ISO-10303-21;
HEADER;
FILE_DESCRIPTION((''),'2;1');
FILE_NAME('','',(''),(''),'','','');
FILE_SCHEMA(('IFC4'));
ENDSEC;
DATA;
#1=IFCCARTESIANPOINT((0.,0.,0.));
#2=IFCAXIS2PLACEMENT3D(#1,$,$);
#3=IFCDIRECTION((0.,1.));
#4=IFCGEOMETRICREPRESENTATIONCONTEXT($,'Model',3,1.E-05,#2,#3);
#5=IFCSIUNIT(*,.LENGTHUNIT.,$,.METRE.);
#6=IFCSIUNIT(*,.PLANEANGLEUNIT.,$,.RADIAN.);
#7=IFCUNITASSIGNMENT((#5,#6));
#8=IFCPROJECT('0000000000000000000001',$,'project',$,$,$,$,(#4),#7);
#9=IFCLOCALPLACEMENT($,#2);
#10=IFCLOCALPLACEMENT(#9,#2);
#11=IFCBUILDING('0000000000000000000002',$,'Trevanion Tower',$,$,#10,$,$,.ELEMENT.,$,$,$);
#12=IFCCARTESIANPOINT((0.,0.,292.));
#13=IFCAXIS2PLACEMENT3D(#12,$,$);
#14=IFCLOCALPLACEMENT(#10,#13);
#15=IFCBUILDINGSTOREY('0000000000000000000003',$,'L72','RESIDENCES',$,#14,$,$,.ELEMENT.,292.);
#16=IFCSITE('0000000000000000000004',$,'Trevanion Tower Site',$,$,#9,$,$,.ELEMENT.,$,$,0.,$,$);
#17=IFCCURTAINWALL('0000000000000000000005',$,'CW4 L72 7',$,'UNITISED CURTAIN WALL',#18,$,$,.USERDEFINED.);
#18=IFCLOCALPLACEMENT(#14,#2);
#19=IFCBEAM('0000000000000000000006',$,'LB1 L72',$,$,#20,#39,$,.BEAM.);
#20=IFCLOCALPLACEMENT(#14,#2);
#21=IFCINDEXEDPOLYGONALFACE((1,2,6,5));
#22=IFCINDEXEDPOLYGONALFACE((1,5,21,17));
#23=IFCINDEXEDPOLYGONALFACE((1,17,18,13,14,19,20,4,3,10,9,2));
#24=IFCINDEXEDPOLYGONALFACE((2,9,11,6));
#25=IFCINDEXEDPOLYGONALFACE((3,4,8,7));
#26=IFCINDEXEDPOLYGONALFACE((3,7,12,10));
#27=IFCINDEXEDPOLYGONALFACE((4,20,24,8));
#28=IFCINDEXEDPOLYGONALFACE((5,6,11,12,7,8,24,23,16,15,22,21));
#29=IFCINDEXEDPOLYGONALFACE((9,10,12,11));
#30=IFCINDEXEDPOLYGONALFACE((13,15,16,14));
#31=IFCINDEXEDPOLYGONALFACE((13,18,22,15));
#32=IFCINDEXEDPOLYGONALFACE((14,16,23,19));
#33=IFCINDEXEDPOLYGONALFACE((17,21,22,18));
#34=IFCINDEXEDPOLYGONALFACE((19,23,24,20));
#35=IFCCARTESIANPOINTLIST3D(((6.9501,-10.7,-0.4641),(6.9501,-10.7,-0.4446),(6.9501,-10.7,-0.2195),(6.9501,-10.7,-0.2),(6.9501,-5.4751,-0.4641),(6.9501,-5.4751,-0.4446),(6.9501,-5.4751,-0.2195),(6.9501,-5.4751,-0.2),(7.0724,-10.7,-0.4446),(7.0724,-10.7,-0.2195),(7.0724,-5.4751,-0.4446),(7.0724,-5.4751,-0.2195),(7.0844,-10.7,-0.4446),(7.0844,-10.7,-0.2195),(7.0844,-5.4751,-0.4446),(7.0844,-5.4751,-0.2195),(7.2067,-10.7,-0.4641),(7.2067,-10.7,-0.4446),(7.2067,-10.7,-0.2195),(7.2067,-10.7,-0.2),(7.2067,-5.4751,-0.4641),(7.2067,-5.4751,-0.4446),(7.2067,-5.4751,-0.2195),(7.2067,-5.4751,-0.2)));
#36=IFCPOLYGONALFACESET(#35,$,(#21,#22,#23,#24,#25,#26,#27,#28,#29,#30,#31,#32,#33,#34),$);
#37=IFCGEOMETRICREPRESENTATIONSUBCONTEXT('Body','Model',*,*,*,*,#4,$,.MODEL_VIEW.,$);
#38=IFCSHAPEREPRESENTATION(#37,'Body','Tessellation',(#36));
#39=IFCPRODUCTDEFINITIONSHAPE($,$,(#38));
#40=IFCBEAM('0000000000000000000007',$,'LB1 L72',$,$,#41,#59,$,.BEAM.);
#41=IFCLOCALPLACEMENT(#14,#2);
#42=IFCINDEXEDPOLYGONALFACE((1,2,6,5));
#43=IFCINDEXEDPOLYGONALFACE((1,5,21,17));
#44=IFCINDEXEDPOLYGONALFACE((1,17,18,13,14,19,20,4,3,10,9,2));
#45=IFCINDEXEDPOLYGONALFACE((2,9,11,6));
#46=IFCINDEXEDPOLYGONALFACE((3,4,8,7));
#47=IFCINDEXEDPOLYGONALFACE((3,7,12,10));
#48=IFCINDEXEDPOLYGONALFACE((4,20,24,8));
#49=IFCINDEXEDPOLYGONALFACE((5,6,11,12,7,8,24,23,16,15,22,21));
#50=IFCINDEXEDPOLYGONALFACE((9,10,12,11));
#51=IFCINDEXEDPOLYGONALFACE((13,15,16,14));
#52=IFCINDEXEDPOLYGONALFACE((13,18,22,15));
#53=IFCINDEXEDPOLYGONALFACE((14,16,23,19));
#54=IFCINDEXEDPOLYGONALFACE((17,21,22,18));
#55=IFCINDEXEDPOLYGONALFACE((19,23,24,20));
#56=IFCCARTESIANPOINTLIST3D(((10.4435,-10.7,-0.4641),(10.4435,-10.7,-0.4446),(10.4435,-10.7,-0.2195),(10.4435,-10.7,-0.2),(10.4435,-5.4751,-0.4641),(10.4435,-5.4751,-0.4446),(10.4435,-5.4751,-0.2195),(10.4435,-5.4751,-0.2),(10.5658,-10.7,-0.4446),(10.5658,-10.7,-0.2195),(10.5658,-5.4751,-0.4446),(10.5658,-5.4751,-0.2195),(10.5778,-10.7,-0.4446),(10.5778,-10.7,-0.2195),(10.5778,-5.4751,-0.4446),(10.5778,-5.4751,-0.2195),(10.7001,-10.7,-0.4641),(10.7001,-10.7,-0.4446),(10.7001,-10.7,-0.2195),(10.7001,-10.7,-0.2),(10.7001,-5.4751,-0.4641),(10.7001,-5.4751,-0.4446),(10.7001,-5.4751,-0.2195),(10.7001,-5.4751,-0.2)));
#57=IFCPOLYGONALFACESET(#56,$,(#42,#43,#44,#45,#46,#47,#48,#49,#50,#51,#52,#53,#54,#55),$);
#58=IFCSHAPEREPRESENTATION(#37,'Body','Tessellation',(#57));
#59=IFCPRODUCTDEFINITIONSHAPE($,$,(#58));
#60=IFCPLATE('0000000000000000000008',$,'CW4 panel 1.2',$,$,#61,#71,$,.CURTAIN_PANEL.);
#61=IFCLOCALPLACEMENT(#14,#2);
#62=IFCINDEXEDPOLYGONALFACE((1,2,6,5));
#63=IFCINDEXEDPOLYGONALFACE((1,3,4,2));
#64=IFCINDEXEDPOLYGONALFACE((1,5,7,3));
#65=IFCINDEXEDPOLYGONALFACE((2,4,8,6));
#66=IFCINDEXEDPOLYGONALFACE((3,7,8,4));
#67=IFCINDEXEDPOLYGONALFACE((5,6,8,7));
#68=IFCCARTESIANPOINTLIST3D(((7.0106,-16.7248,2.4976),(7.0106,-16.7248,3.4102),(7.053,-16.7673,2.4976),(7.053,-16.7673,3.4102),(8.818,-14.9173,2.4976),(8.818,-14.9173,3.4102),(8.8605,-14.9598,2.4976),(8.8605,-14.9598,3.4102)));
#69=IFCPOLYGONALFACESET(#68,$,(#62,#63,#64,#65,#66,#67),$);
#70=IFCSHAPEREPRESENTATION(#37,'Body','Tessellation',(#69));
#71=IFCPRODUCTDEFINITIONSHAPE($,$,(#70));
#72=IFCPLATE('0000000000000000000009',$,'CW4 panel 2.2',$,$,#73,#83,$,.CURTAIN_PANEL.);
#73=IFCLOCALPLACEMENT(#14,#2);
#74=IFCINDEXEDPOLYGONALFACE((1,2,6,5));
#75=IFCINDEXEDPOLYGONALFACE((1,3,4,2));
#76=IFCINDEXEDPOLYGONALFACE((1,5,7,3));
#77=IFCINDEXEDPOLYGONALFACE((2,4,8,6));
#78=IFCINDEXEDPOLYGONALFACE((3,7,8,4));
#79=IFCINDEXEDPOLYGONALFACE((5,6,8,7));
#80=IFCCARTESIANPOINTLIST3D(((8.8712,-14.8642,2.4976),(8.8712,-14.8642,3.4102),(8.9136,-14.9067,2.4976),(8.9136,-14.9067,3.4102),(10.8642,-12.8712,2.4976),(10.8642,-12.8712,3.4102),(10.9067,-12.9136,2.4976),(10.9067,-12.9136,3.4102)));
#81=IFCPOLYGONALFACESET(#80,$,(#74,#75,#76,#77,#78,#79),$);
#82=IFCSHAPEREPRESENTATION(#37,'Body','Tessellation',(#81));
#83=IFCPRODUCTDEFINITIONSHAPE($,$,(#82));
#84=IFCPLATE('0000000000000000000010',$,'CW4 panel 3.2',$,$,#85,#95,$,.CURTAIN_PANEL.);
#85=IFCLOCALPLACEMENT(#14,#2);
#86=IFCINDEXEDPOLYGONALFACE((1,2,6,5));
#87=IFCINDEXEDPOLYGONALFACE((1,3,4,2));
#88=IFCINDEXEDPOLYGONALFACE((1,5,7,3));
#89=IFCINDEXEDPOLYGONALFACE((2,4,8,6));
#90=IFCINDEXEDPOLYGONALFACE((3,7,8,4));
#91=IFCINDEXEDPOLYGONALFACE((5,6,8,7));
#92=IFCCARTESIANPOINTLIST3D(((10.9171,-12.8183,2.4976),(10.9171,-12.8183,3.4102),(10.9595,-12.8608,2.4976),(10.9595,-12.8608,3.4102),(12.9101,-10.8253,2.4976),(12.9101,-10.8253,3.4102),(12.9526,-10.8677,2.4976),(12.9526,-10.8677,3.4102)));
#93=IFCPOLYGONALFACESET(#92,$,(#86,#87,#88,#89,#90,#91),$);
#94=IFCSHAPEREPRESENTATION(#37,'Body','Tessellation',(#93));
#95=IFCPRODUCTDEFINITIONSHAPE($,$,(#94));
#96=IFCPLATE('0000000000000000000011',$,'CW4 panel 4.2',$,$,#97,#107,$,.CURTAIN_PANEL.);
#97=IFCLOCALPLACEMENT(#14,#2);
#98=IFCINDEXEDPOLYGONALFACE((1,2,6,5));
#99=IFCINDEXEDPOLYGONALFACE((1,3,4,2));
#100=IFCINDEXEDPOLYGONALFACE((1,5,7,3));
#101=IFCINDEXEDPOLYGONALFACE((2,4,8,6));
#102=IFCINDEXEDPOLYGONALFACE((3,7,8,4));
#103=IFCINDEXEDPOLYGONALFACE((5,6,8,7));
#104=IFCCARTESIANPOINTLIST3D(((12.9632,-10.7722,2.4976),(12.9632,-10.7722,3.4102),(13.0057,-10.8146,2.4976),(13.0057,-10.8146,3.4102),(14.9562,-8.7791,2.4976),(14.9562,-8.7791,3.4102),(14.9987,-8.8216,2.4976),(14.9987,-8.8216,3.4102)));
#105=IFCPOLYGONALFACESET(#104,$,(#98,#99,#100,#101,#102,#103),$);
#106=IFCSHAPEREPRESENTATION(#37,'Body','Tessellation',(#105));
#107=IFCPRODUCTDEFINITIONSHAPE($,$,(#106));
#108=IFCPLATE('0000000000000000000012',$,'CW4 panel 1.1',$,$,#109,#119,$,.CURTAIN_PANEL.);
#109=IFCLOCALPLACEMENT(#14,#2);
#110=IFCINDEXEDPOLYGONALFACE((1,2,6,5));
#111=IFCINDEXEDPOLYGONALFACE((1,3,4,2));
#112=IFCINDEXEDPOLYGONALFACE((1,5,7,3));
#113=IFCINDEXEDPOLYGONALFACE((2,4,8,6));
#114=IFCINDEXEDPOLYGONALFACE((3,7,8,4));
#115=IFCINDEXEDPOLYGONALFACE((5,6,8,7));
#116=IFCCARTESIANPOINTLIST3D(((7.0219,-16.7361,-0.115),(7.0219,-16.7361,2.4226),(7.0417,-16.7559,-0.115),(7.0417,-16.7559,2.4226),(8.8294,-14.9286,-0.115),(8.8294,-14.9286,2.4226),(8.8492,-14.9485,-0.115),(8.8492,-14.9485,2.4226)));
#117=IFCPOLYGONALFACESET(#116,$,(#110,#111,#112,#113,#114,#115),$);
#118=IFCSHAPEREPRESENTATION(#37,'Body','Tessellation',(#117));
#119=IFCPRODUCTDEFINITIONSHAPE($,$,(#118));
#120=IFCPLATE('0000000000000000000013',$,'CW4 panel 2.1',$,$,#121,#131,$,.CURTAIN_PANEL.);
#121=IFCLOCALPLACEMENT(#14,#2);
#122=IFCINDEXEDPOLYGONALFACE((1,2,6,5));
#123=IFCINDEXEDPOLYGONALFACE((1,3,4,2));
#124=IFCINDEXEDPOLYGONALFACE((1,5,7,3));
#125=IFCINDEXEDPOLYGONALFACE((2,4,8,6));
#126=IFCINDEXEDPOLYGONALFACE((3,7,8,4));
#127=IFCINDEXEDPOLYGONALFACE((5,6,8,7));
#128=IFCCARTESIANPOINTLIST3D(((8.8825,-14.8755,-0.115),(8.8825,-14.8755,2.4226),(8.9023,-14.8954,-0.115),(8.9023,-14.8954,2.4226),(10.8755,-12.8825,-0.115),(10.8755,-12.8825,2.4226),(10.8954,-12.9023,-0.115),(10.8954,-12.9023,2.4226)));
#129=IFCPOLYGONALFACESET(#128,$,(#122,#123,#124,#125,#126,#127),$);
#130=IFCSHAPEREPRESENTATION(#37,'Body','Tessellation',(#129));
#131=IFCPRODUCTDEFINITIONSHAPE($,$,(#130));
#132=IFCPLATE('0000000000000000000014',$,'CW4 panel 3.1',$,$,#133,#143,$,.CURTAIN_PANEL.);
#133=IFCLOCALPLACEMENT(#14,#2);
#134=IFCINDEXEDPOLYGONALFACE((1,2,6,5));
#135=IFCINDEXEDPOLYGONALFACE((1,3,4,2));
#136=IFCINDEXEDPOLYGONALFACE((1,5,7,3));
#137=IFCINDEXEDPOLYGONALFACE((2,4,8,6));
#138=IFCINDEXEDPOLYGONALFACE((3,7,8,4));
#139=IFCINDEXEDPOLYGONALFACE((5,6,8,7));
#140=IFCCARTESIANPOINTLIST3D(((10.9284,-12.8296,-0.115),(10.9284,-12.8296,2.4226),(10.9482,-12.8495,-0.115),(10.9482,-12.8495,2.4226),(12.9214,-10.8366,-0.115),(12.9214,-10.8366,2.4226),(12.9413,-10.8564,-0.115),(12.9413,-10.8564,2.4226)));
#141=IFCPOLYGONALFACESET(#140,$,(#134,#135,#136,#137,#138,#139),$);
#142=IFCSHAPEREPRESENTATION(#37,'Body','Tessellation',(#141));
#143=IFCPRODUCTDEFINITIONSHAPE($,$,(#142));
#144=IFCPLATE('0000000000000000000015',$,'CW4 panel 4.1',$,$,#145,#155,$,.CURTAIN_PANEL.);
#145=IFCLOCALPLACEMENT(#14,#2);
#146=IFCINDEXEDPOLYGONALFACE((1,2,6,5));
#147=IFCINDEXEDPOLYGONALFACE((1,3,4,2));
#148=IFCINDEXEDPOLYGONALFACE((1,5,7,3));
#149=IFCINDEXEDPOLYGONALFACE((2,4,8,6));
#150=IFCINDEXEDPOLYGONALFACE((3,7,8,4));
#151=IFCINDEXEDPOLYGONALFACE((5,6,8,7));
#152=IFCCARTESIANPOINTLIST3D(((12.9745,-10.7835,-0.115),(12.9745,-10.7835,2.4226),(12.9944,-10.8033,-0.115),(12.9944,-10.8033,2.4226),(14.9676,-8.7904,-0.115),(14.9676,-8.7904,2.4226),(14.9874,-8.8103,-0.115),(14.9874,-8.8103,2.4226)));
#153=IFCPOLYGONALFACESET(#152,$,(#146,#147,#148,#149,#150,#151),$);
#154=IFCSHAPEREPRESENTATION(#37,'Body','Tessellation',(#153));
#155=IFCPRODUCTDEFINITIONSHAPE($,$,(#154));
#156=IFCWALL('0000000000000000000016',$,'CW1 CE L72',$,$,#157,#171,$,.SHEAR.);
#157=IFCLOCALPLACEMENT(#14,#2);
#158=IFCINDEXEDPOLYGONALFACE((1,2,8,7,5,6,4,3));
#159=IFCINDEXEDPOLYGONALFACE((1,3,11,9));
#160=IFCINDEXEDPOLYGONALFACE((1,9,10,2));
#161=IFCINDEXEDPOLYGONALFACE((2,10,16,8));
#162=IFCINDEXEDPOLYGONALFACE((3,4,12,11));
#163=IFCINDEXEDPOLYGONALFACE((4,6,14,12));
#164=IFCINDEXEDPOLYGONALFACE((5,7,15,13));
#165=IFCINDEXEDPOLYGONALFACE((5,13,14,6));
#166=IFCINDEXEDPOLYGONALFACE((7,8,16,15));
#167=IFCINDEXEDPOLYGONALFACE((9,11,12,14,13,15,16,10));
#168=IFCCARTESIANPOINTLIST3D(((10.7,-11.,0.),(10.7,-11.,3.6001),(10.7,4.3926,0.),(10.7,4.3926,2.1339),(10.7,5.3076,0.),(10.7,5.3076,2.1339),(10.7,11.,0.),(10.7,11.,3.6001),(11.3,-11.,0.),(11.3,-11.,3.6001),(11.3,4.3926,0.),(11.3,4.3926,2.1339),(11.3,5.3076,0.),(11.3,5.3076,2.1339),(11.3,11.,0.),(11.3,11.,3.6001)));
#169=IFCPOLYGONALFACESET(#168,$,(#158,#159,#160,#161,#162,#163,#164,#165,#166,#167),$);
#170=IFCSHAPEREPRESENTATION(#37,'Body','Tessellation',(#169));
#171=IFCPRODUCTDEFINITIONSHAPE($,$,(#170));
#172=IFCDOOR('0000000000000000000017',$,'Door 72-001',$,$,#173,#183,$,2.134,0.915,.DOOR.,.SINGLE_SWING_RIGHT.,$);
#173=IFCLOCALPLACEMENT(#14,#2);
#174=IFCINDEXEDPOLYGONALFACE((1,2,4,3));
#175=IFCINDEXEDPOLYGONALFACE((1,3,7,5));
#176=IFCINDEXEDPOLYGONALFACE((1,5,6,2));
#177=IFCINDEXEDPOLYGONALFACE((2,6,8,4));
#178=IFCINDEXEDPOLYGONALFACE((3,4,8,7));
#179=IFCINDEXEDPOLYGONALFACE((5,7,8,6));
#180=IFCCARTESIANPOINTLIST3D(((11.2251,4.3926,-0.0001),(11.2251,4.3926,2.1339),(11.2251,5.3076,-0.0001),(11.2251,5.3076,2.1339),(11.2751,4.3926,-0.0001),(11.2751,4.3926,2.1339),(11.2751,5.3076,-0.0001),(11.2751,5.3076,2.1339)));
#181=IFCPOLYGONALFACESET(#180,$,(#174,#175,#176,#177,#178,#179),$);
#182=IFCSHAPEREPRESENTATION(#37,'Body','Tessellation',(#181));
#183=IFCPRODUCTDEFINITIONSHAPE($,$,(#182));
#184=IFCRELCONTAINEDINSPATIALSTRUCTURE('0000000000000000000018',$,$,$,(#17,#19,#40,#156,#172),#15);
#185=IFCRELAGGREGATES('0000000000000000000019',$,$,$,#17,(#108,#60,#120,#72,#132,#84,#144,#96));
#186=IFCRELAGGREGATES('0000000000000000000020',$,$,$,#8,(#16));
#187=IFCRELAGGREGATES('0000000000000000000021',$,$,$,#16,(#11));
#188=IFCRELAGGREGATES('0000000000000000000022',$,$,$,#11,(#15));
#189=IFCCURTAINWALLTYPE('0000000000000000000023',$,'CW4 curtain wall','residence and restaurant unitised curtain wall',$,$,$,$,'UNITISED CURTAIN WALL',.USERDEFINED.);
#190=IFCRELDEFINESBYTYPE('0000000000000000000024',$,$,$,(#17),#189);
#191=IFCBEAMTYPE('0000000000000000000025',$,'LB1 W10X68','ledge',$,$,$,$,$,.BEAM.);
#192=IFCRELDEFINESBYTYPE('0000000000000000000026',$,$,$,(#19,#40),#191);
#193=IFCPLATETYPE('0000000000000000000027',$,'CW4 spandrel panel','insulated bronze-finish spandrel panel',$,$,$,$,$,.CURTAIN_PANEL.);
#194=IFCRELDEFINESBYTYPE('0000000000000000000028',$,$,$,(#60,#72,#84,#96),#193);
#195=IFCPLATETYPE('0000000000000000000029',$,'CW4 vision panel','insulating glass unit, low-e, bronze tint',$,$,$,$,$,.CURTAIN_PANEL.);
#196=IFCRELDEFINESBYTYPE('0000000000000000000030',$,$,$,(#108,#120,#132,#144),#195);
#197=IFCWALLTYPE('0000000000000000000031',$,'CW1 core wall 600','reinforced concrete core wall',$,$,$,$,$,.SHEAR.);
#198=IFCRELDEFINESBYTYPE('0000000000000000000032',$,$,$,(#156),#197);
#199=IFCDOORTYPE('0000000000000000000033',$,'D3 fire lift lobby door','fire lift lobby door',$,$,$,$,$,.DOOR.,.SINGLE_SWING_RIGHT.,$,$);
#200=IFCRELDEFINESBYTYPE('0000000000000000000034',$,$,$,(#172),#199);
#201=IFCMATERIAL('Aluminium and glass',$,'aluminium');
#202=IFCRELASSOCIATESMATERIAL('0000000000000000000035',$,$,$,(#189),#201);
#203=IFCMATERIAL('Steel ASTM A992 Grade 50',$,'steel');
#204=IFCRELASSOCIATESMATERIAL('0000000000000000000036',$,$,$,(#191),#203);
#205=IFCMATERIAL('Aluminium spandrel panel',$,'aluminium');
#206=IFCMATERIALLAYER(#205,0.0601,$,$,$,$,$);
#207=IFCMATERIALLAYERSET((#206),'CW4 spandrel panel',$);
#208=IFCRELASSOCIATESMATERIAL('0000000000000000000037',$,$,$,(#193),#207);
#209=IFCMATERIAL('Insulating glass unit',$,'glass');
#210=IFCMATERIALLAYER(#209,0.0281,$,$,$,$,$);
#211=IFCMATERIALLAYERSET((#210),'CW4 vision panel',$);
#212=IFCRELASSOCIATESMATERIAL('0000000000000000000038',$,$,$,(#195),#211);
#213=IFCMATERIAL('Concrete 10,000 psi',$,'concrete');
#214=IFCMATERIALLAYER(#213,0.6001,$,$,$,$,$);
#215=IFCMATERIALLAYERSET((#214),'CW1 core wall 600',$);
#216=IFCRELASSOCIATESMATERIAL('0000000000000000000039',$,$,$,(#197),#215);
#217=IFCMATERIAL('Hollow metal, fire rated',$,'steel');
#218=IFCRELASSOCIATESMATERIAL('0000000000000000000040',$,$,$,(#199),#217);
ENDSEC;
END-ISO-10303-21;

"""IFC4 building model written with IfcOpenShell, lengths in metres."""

from ifc_helpers import new_model, si_unit, direction, frame, frame_2d, origin, origin_2d, place, context, subcontext, project, spatial, rectangle, i_section, extrude, material, layer, layer_set, material_profile, profile_set, type_object, element, fill, aggregate, save


model = new_model("IFC4")

# Units and contexts
model_context = context("Model", 3, precision=1e-05, world=origin(), true_north=direction((0.0, 1.0)))
body_context = subcontext(model_context, "Body", "Model", "MODEL_VIEW")
ifc_project = project(units=[si_unit("LENGTHUNIT", "METRE"), si_unit("PLANEANGLEUNIT", "RADIAN")], contexts=[model_context])

# Site, building, storey
site_placement = place(None, origin())
site = spatial("IfcSite", under=ifc_project, at=site_placement, Name="Trevanion Tower Site", CompositionType="ELEMENT", RefElevation=0.0)
building_placement = place(site_placement, origin())
building = spatial("IfcBuilding", under=site, at=building_placement, Name="Trevanion Tower", CompositionType="ELEMENT")
storey_placement = place(building_placement, frame((0.0, 0.0, 292.0)))
storey = spatial("IfcBuildingStorey", under=building, at=storey_placement, Name="L72", Description="RESIDENCES", CompositionType="ELEMENT", Elevation=292.0)

# Curtain wall
ifc_material_1 = material(Name="Aluminium and glass", Category="aluminium")
curtain_wall_type = type_object("IfcCurtainWallType", Name="CW4 curtain wall", Description="residence and restaurant unitised curtain wall", ElementType="UNITISED CURTAIN WALL", PredefinedType="USERDEFINED", material=ifc_material_1)
curtain_wall_placement = place(storey_placement, origin())
curtain_wall = element("IfcCurtainWall", 1, at=curtain_wall_placement, inside=storey, type_object=curtain_wall_type, Name="CW4 L72 7", ObjectType="UNITISED CURTAIN WALL", PredefinedType="USERDEFINED")

# Beams
ifc_material_2 = material(Name="Steel ASTM A992 Grade 50", Category="steel")
ifc_material_profile_1 = material_profile(ifc_material_2, i_section(OverallWidth=0.2566, OverallDepth=0.2642, WebThickness=0.012, FlangeThickness=0.0195, at=origin_2d()), Name="W10X68")
ifc_profile_set_1 = profile_set([ifc_material_profile_1], Name="Steel ASTM A992 Grade 50")
beam_type = type_object("IfcBeamType", Name="LB1 W10X68", Description="ledge", PredefinedType="BEAM", material=ifc_profile_set_1)
for number, where, z_axis, x_axis, name in (
    (2, (7.0784, -10.7, -0.332), (0.0, 1.0, 0.0), (-1.0, 0.0, 0.0), "LB1 L72"),
    (3, (10.5718, -10.7, -0.332), (0.0, 1.0, 0.0), (-1.0, 0.0, 0.0), "LB1 L72"),
):
    element("IfcBeam", number, at=place(storey_placement, frame(where, z_axis=z_axis, x_axis=x_axis)), inside=storey, type_object=beam_type, Name=name, PredefinedType="BEAM", context=body_context, shape_type="SweptSolid", body=[
        extrude(i_section(OverallWidth=0.2566, OverallDepth=0.2642, WebThickness=0.012, FlangeThickness=0.0195, at=origin_2d()), origin(), (0.0, 0.0, 1.0), 5.2249),
    ])

# Plates
ifc_material_3 = material(Name="Aluminium spandrel panel", Category="aluminium")
ifc_layer_1 = layer(ifc_material_3, 0.0601)
ifc_layer_set_1 = layer_set([ifc_layer_1], Name="CW4 spandrel panel")
plate_type_1 = type_object("IfcPlateType", Name="CW4 spandrel panel", Description="insulated bronze-finish spandrel panel", PredefinedType="CURTAIN_PANEL", material=ifc_layer_set_1)
plate_1_placement = place(storey_placement, frame((7.9355, -15.8423, 2.4976), z_axis=(0.0, 0.0, 1.0), x_axis=(0.707107, 0.707107, 0.0)))
plate_1 = element("IfcPlate", 4, at=plate_1_placement, type_object=plate_type_1, Name="CW4 panel 1.2", PredefinedType="CURTAIN_PANEL", context=body_context, shape_type="SweptSolid", body=[
    extrude(rectangle(XDim=2.5562, YDim=0.0601, at=origin_2d()), origin(), (0.0, 0.0, 1.0), 0.9126),
])
plate_2_placement = place(storey_placement, frame((9.8889, -13.8889, 2.4976), z_axis=(0.0, 0.0, 1.0), x_axis=(0.707107, 0.707107, 0.0)))
plate_2 = element("IfcPlate", 5, at=plate_2_placement, type_object=plate_type_1, Name="CW4 panel 2.2", PredefinedType="CURTAIN_PANEL", context=body_context, shape_type="SweptSolid", body=[
    extrude(rectangle(XDim=2.8186, YDim=0.0601, at=origin_2d()), origin(), (0.0, 0.0, 1.0), 0.9126),
])
plate_3_placement = place(storey_placement, frame((11.9348, -11.843, 2.4976), z_axis=(0.0, 0.0, 1.0), x_axis=(0.707107, 0.707107, 0.0)))
plate_3 = element("IfcPlate", 6, at=plate_3_placement, type_object=plate_type_1, Name="CW4 panel 3.2", PredefinedType="CURTAIN_PANEL", context=body_context, shape_type="SweptSolid", body=[
    extrude(rectangle(XDim=2.8186, YDim=0.0601, at=origin_2d()), origin(), (0.0, 0.0, 1.0), 0.9126),
])
plate_4_placement = place(storey_placement, frame((13.981, -9.7969, 2.4976), z_axis=(0.0, 0.0, 1.0), x_axis=(0.707107, 0.707107, 0.0)))
plate_4 = element("IfcPlate", 7, at=plate_4_placement, type_object=plate_type_1, Name="CW4 panel 4.2", PredefinedType="CURTAIN_PANEL", context=body_context, shape_type="SweptSolid", body=[
    extrude(rectangle(XDim=2.8186, YDim=0.0601, at=origin_2d()), origin(), (0.0, 0.0, 1.0), 0.9126),
])
ifc_material_4 = material(Name="Insulating glass unit", Category="glass")
ifc_layer_2 = layer(ifc_material_4, 0.0281)
ifc_layer_set_2 = layer_set([ifc_layer_2], Name="CW4 vision panel")
plate_type_2 = type_object("IfcPlateType", Name="CW4 vision panel", Description="insulating glass unit, low-e, bronze tint", PredefinedType="CURTAIN_PANEL", material=ifc_layer_set_2)
plate_5_placement = place(storey_placement, frame((7.9355, -15.8423, -0.115), z_axis=(0.0, 0.0, 1.0), x_axis=(0.707107, 0.707107, 0.0)))
plate_5 = element("IfcPlate", 8, at=plate_5_placement, type_object=plate_type_2, Name="CW4 panel 1.1", PredefinedType="CURTAIN_PANEL", context=body_context, shape_type="SweptSolid", body=[
    extrude(rectangle(XDim=2.5562, YDim=0.0281, at=origin_2d()), origin(), (0.0, 0.0, 1.0), 2.5376),
])
plate_6_placement = place(storey_placement, frame((9.8889, -13.8889, -0.115), z_axis=(0.0, 0.0, 1.0), x_axis=(0.707107, 0.707107, 0.0)))
plate_6 = element("IfcPlate", 9, at=plate_6_placement, type_object=plate_type_2, Name="CW4 panel 2.1", PredefinedType="CURTAIN_PANEL", context=body_context, shape_type="SweptSolid", body=[
    extrude(rectangle(XDim=2.8186, YDim=0.0281, at=origin_2d()), origin(), (0.0, 0.0, 1.0), 2.5376),
])
plate_7_placement = place(storey_placement, frame((11.9348, -11.843, -0.115), z_axis=(0.0, 0.0, 1.0), x_axis=(0.707107, 0.707107, 0.0)))
plate_7 = element("IfcPlate", 10, at=plate_7_placement, type_object=plate_type_2, Name="CW4 panel 3.1", PredefinedType="CURTAIN_PANEL", context=body_context, shape_type="SweptSolid", body=[
    extrude(rectangle(XDim=2.8186, YDim=0.0281, at=origin_2d()), origin(), (0.0, 0.0, 1.0), 2.5376),
])
plate_8_placement = place(storey_placement, frame((13.981, -9.7969, -0.115), z_axis=(0.0, 0.0, 1.0), x_axis=(0.707107, 0.707107, 0.0)))
plate_8 = element("IfcPlate", 11, at=plate_8_placement, type_object=plate_type_2, Name="CW4 panel 4.1", PredefinedType="CURTAIN_PANEL", context=body_context, shape_type="SweptSolid", body=[
    extrude(rectangle(XDim=2.8186, YDim=0.0281, at=origin_2d()), origin(), (0.0, 0.0, 1.0), 2.5376),
])
aggregate(curtain_wall, [plate_5, plate_1, plate_6, plate_2, plate_7, plate_3, plate_8, plate_4])

# Wall, opening, door
ifc_material_5 = material(Name="Concrete 10,000 psi", Category="concrete")
ifc_layer_3 = layer(ifc_material_5, 0.6001)
ifc_layer_set_3 = layer_set([ifc_layer_3], Name="CW1 core wall 600")
wall_type_1 = type_object("IfcWallType", Name="CW1 core wall 600", Description="reinforced concrete core wall", PredefinedType="SHEAR", material=ifc_layer_set_3)
wall_1_placement = place(storey_placement, frame((11.0, -11.0, 0.0), z_axis=(0.0, 0.0, 1.0), x_axis=(0.0, 1.0, 0.0)))
wall_1 = element("IfcWall", 12, at=wall_1_placement, inside=storey, type_object=wall_type_1, Name="CW1 CE L72", PredefinedType="SHEAR", context=body_context, shape_type="SweptSolid", body=[
    extrude(rectangle(XDim=22.0, YDim=0.6001, at=frame_2d((11.0, 0.0))), origin(), (0.0, 0.0, 1.0), 3.6001),
])
opening_placement = place(wall_1_placement, frame((15.3926, 0.0, 0.0)))
opening = element("IfcOpeningElement", 13, at=opening_placement, cuts=wall_1, PredefinedType="OPENING", context=body_context, shape_type="SweptSolid", body=[
    extrude(rectangle(XDim=0.915, YDim=2.134, at=frame_2d((0.4575, 1.0669))), frame((0.0, 0.3101, 0.0), z_axis=(0.0, -1.0, 0.0), x_axis=(1.0, 0.0, 0.0)), (0.0, 0.0, 1.0), 0.6201),
])
ifc_material_6 = material(Name="Hollow metal, fire rated", Category="steel")
door_type = type_object("IfcDoorType", Name="D3 fire lift lobby door", Description="fire lift lobby door", OperationType="SINGLE_SWING_RIGHT", PredefinedType="DOOR", material=ifc_material_6)
door_placement = place(opening_placement, origin())
door = element("IfcDoor", 14, at=door_placement, inside=storey, type_object=door_type, Name="Door 72-001", OperationType="SINGLE_SWING_RIGHT", OverallHeight=2.134, OverallWidth=0.915, PredefinedType="DOOR", context=body_context, shape_type="SweptSolid", body=[
    extrude(rectangle(XDim=0.915, YDim=2.134, at=frame_2d((0.4575, 1.0669))), frame((0.0, -0.2251, 0.0), z_axis=(0.0, -1.0, 0.0), x_axis=(1.0, 0.0, 0.0)), (0.0, 0.0, 1.0), 0.05),
])
fill(opening, door)

save(model, "model.ifc")
